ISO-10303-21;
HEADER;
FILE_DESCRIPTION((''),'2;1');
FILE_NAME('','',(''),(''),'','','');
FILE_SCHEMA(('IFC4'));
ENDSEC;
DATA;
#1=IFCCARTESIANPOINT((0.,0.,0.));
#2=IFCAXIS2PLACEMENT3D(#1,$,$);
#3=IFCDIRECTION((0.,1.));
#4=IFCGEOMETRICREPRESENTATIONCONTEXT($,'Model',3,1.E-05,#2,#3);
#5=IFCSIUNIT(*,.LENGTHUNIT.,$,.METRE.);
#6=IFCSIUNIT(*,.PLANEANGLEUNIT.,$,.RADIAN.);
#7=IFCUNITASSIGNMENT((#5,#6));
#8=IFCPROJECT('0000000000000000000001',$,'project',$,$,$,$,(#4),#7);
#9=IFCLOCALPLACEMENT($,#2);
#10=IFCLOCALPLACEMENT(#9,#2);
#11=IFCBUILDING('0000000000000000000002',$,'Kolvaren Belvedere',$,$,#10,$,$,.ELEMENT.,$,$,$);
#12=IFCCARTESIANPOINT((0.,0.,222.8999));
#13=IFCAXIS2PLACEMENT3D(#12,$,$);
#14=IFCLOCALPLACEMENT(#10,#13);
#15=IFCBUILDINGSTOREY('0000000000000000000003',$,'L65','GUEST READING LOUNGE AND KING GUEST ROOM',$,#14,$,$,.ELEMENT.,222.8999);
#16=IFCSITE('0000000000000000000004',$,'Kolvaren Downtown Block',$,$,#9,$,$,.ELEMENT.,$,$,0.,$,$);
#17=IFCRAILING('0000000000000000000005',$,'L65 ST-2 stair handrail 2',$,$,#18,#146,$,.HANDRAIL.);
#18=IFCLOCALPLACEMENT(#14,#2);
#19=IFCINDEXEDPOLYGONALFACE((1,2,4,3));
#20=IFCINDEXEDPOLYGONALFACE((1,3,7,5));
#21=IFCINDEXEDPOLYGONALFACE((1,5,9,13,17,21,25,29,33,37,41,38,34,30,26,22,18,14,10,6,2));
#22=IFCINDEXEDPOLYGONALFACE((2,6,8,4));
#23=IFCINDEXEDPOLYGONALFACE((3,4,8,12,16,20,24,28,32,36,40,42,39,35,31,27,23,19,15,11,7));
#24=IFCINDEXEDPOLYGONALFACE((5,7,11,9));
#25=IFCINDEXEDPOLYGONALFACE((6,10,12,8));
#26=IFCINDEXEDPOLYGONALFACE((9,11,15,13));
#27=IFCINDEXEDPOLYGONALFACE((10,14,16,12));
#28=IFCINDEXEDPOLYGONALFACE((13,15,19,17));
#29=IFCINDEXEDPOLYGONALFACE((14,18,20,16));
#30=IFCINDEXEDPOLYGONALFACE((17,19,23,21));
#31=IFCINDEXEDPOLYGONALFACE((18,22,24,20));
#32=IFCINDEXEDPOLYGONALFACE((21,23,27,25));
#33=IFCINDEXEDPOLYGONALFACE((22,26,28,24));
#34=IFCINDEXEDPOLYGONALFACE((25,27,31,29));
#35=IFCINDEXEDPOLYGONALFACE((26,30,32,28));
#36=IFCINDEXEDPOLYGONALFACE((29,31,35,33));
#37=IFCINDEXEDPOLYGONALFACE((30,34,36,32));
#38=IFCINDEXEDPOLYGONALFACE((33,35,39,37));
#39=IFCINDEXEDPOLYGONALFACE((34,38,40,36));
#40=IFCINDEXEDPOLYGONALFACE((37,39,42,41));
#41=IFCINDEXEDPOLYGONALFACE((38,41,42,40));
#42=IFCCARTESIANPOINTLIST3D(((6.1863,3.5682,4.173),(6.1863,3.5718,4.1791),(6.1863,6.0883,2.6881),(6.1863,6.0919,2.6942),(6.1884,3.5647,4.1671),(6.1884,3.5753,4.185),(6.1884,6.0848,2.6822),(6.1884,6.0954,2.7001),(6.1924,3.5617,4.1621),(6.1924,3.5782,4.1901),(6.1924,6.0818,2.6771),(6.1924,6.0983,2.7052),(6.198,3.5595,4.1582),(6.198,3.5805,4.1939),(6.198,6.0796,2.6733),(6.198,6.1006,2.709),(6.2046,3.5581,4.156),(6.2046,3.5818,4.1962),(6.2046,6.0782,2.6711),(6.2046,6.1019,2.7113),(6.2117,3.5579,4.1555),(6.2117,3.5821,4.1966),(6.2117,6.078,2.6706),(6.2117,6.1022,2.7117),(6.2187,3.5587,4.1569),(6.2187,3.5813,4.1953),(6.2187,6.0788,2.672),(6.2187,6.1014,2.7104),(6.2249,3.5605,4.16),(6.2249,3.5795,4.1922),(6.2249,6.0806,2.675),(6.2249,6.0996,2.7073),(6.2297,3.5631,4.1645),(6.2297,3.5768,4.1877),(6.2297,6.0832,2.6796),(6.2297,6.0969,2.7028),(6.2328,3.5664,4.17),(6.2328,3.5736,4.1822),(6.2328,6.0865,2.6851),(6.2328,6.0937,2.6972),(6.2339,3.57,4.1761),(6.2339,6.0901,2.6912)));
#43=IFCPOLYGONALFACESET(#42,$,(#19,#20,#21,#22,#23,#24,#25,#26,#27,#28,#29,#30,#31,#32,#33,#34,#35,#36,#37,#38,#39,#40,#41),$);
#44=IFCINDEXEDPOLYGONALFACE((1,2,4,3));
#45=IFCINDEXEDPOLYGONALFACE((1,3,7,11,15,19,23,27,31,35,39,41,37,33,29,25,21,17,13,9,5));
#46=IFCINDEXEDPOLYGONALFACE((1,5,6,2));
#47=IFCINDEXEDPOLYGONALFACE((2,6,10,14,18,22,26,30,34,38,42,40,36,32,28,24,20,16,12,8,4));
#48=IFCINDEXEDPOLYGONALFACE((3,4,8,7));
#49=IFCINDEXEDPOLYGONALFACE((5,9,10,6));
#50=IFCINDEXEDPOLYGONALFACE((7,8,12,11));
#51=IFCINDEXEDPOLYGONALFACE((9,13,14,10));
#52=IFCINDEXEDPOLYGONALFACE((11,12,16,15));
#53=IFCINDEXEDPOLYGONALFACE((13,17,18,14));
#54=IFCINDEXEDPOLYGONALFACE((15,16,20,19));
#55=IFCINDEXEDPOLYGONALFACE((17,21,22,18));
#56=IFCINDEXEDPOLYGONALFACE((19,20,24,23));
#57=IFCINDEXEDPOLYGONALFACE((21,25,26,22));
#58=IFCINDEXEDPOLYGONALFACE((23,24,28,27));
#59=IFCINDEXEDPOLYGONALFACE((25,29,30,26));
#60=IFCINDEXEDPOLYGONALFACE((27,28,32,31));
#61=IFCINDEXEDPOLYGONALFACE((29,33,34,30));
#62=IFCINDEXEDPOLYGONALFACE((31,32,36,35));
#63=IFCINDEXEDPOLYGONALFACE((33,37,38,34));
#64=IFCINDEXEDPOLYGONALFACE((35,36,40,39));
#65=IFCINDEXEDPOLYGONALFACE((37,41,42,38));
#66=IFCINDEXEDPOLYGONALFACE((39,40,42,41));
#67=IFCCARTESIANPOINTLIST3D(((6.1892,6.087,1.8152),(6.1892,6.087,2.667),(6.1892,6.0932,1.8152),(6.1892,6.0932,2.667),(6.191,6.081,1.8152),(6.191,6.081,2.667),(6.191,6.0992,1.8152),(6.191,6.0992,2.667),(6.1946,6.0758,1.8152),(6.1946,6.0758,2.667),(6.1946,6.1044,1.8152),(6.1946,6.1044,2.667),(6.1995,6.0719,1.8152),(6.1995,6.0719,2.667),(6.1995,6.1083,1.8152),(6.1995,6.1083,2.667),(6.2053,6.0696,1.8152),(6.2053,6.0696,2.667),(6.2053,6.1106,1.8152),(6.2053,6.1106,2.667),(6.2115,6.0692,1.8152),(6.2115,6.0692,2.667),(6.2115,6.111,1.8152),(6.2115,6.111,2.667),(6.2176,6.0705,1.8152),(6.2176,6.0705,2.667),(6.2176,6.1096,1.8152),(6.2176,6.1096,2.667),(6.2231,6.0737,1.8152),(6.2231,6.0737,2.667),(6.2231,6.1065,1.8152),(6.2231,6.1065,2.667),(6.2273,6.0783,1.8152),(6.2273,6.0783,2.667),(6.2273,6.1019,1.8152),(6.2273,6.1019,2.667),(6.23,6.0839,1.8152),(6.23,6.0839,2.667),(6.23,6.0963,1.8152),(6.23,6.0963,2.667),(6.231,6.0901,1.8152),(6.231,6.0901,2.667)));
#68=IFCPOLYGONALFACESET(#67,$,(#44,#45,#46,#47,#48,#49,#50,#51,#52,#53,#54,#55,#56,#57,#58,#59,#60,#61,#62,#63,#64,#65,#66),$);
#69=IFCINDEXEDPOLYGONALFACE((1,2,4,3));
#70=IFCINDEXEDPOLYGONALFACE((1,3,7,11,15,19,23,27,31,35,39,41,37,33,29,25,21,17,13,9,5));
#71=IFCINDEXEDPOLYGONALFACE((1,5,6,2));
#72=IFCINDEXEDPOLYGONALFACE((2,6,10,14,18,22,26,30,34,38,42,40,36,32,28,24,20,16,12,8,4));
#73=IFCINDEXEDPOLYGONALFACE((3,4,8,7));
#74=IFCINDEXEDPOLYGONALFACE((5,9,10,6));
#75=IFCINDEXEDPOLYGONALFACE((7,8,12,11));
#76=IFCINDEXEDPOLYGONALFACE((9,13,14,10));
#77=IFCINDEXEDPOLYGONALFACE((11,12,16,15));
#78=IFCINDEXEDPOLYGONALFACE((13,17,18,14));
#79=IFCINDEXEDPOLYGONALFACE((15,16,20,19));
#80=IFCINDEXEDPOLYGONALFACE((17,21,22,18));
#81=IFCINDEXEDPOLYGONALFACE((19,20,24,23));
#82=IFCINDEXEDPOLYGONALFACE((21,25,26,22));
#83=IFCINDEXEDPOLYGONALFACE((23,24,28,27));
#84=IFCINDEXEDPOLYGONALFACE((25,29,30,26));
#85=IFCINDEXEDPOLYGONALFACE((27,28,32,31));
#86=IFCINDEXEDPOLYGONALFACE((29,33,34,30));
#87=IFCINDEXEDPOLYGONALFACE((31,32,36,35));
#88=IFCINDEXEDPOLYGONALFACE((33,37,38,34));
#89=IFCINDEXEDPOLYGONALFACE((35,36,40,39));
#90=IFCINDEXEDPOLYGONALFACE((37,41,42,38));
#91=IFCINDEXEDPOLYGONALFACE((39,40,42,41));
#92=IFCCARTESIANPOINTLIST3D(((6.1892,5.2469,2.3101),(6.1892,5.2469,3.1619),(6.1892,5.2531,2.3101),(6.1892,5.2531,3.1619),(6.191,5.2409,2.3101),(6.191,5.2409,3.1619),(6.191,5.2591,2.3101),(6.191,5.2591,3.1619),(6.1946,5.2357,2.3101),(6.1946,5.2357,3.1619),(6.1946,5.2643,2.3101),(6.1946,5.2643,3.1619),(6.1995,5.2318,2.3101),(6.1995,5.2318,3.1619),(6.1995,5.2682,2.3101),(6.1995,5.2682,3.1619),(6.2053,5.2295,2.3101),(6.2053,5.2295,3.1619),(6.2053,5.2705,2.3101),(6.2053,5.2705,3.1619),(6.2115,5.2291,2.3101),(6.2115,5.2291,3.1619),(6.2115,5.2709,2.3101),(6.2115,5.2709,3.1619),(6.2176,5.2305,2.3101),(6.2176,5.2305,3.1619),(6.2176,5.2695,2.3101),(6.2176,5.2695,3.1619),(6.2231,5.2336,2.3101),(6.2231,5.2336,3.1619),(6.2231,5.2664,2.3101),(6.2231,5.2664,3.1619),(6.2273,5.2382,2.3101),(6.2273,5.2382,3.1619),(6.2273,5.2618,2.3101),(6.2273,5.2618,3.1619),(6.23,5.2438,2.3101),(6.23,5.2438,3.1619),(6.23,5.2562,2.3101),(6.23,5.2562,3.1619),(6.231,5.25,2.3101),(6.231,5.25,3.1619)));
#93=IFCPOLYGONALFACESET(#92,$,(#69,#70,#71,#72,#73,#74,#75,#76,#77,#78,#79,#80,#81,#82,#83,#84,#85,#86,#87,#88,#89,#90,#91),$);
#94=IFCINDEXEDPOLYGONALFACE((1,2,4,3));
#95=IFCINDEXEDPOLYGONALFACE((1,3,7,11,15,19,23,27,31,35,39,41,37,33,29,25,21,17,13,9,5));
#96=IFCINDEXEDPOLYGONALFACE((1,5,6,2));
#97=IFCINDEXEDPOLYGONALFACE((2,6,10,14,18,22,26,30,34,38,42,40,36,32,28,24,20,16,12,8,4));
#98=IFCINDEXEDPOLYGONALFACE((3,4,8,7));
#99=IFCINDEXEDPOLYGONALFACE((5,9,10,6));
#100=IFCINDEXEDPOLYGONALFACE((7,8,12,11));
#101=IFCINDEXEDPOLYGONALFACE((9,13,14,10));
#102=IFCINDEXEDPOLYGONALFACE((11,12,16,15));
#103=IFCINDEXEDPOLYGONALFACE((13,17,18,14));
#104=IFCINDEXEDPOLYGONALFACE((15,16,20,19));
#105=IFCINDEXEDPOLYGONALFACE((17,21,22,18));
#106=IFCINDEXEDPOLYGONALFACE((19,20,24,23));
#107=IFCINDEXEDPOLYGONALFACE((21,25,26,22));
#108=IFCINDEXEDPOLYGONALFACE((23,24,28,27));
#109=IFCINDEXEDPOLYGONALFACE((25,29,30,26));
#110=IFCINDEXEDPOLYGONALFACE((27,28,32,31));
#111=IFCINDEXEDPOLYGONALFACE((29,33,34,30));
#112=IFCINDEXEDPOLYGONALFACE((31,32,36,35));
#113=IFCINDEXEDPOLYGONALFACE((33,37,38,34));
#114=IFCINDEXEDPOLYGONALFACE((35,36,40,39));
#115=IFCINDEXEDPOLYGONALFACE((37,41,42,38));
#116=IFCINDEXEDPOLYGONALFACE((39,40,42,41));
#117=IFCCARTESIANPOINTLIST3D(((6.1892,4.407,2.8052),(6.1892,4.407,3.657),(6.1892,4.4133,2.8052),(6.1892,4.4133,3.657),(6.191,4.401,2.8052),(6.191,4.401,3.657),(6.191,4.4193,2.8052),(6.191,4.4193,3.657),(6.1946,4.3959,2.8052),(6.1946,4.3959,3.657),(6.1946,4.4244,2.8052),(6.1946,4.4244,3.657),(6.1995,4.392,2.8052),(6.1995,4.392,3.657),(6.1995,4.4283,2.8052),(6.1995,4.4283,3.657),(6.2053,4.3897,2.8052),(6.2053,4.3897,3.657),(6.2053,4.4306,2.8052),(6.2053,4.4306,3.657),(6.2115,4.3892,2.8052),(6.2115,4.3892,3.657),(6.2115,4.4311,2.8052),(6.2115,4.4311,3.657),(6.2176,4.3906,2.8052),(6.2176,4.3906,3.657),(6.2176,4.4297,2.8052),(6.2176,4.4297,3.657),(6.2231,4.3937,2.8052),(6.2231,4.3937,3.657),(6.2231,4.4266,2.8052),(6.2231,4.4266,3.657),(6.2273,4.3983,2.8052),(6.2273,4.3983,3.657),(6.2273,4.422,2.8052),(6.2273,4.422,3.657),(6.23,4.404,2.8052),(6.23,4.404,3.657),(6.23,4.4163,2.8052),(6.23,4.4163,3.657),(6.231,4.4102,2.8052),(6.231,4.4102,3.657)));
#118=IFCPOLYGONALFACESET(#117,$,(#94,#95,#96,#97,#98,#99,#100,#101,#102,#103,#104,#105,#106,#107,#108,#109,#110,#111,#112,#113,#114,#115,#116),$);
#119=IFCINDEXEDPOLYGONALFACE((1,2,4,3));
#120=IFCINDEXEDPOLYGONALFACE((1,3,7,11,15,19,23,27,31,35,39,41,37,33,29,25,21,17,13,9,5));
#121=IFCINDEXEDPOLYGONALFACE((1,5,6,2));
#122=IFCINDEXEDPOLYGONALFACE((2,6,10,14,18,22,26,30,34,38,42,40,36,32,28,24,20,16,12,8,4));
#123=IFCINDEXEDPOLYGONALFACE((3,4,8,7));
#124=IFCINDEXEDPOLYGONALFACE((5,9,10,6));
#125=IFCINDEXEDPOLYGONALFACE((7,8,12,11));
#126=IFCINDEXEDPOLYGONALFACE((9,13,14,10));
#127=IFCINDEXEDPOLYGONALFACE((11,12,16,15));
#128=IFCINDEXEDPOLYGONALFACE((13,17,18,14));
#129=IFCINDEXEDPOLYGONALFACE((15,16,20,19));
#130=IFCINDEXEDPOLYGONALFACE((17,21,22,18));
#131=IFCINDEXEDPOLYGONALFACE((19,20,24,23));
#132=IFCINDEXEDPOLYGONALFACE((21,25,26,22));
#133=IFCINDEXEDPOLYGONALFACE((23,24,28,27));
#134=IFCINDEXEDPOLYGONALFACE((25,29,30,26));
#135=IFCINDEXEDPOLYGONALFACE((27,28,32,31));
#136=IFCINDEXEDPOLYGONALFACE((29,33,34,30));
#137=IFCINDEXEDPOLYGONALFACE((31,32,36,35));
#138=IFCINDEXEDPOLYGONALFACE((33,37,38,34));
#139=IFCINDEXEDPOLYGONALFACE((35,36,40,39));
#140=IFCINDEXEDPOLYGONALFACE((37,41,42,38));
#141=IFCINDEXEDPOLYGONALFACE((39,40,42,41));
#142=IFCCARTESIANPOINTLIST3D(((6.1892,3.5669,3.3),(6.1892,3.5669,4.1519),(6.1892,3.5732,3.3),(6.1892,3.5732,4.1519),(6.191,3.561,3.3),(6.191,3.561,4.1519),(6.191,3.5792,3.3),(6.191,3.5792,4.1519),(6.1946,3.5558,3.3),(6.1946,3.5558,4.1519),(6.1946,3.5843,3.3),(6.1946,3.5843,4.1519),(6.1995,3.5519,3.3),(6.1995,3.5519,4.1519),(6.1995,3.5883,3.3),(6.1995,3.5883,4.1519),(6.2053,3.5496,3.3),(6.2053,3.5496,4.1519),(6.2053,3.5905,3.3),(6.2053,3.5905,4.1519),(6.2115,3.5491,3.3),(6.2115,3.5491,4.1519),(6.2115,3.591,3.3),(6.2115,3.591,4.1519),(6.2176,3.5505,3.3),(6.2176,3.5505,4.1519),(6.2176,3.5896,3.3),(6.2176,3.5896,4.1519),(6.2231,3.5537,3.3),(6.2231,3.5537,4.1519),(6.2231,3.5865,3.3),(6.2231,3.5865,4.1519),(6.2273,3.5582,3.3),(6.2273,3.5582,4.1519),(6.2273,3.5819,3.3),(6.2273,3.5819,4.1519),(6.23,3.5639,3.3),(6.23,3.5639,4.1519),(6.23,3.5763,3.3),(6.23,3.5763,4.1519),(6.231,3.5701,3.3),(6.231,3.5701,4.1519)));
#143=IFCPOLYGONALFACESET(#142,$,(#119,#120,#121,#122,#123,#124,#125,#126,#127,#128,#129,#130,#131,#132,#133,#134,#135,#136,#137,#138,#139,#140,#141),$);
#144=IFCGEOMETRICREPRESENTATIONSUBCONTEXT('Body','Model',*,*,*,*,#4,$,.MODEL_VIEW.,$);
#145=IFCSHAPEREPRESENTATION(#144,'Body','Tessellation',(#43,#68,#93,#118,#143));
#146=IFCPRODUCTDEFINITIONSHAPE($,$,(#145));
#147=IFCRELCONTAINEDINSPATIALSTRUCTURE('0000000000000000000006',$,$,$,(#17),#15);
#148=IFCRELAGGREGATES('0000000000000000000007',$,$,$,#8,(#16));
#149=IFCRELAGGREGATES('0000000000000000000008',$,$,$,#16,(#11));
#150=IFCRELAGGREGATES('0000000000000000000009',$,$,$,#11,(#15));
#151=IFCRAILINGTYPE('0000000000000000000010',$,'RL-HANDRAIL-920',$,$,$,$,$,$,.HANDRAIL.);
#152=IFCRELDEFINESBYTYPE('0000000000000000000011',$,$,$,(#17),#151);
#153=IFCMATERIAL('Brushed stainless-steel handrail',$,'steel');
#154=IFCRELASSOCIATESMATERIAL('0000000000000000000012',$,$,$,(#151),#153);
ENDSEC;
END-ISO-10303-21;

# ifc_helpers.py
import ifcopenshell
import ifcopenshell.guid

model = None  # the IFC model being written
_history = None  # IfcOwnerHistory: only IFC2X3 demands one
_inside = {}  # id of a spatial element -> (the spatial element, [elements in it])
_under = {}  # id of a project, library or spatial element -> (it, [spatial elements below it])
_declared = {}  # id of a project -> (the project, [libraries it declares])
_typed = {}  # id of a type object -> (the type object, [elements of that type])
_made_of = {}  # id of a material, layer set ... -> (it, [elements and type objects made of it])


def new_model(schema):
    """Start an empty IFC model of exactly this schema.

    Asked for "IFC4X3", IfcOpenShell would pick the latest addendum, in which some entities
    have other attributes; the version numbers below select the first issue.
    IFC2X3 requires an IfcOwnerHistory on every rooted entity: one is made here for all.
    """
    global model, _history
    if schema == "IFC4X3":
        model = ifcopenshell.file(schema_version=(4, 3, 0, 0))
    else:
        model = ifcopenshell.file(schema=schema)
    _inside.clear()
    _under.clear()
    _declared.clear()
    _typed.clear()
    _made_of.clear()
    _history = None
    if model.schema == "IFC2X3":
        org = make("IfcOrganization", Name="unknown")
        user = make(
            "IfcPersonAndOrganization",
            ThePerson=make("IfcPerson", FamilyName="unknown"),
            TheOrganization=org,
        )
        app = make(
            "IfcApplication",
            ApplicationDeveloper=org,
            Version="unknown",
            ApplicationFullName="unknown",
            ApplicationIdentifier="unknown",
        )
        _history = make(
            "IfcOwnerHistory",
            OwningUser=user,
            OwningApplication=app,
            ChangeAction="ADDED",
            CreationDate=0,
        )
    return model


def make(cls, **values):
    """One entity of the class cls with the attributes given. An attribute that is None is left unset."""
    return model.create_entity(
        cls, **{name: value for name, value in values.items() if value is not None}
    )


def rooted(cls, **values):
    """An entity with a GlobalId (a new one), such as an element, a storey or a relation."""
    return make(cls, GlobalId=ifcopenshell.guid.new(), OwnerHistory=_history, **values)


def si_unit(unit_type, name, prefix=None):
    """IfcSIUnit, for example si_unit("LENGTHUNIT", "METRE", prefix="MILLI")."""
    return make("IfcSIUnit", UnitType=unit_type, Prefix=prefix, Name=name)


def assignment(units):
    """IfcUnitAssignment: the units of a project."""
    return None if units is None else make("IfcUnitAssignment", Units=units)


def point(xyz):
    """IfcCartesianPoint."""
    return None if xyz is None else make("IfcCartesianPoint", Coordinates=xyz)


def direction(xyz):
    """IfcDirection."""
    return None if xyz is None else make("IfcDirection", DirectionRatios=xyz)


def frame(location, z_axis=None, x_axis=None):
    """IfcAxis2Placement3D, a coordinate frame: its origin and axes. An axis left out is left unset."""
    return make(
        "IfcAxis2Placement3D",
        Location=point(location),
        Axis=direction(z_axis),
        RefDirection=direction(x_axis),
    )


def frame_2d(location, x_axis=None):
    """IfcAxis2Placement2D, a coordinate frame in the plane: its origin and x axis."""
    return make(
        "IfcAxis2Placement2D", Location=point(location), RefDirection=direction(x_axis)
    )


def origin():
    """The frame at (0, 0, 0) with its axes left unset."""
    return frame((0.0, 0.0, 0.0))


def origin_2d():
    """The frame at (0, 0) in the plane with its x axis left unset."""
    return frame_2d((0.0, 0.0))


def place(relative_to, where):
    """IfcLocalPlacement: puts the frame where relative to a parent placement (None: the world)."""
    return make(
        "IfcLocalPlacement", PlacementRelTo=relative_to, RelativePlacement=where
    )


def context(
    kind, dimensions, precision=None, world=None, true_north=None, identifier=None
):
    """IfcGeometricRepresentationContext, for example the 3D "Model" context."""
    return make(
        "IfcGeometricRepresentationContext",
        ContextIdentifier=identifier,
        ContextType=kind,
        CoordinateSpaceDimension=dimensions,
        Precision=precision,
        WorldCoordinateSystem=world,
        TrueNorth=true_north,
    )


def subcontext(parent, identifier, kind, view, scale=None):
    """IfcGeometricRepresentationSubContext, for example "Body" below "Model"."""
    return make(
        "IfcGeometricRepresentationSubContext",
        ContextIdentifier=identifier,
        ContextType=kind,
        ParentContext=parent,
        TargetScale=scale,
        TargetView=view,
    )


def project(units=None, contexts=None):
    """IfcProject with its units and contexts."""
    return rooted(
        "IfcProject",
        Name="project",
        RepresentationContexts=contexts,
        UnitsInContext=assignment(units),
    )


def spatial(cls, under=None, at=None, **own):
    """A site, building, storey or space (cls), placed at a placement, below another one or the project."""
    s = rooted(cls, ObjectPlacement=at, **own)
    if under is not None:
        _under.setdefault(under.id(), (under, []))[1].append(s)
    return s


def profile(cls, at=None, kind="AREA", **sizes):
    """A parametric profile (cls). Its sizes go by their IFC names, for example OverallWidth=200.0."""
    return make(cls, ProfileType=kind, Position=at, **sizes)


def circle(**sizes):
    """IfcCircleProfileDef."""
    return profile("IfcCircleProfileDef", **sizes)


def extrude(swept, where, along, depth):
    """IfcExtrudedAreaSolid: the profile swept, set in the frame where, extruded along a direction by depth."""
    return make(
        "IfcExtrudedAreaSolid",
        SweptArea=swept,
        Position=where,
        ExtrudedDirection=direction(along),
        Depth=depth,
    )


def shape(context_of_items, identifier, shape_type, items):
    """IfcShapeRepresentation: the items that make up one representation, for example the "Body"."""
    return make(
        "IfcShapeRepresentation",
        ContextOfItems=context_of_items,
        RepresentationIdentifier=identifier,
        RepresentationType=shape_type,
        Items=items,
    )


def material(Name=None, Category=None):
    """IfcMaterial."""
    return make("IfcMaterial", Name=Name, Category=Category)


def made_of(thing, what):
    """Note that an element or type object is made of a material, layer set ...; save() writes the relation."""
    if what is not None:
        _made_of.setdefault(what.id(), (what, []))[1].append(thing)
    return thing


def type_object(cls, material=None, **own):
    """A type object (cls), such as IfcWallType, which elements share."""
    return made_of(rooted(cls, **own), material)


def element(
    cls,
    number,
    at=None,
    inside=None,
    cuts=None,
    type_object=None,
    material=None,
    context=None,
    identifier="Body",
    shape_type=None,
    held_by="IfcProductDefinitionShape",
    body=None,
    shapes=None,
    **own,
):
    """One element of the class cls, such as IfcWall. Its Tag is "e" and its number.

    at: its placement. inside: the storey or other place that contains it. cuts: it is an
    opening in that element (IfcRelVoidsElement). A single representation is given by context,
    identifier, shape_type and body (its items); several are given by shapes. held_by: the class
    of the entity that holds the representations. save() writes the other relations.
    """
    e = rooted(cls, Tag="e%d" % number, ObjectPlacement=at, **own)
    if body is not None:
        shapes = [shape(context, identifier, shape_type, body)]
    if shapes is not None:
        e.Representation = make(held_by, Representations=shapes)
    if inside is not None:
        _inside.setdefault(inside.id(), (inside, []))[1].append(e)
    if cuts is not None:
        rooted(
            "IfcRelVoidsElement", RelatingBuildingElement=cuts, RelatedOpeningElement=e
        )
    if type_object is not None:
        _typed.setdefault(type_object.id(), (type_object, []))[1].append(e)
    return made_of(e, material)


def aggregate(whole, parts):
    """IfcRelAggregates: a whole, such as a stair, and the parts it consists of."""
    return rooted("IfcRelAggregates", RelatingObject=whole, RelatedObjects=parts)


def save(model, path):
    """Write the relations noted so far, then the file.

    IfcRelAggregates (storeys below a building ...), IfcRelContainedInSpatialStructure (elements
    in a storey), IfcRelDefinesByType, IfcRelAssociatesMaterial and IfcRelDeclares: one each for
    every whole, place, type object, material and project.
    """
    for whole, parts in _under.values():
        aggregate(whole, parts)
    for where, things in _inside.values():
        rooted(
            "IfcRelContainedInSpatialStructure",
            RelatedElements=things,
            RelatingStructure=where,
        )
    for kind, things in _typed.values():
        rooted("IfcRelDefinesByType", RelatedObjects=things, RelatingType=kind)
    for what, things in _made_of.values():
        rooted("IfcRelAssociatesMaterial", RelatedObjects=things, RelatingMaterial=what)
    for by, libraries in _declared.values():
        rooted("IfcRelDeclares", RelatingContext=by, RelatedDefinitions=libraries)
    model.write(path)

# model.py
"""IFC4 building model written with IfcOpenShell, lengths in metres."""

from ifc_helpers import new_model, si_unit, direction, frame, origin, origin_2d, place, context, subcontext, project, spatial, circle, extrude, material, type_object, element, save


model = new_model("IFC4")

# Units and contexts
model_context = context("Model", 3, precision=1e-05, world=origin(), true_north=direction((0.0, 1.0)))
body_context = subcontext(model_context, "Body", "Model", "MODEL_VIEW")
ifc_project = project(units=[si_unit("LENGTHUNIT", "METRE"), si_unit("PLANEANGLEUNIT", "RADIAN")], contexts=[model_context])

# Site, building, storey
site_placement = place(None, origin())
site = spatial("IfcSite", under=ifc_project, at=site_placement, Name="Kolvaren Downtown Block", CompositionType="ELEMENT", RefElevation=0.0)
building_placement = place(site_placement, origin())
building = spatial("IfcBuilding", under=site, at=building_placement, Name="Kolvaren Belvedere", CompositionType="ELEMENT")
storey_placement = place(building_placement, frame((0.0, 0.0, 222.8999)))
storey = spatial("IfcBuildingStorey", under=building, at=storey_placement, Name="L65", Description="GUEST READING LOUNGE AND KING GUEST ROOM", CompositionType="ELEMENT", Elevation=222.8999)

# Railing
ifc_material_1 = material(Name="Brushed stainless-steel handrail", Category="steel")
railing_type_1 = type_object("IfcRailingType", Name="RL-HANDRAIL-920", PredefinedType="HANDRAIL", material=ifc_material_1)
railing_1_placement = place(storey_placement, frame((6.21, 6.0901, 1.8152)))
element("IfcRailing", 1, at=railing_1_placement, inside=storey, type_object=railing_type_1, Name="L65 ST-2 stair handrail 2", PredefinedType="HANDRAIL", context=body_context, shape_type="SweptSolid", body=[
    extrude(circle(Radius=0.0239, at=origin_2d()), frame((0.0, 0.0, 0.876), z_axis=(0.0, -0.861561, 0.507655), x_axis=(1.0, 0.0, 0.0)), (0.0, 0.0, 1.0), 2.925),
    extrude(circle(Radius=0.021, at=origin_2d()), origin(), (0.0, 0.0, 1.0), 0.8518),
    extrude(circle(Radius=0.021, at=origin_2d()), frame((0.0, -0.8401, 0.4949)), (0.0, 0.0, 1.0), 0.8518),
    extrude(circle(Radius=0.021, at=origin_2d()), frame((0.0, -1.6799, 0.99)), (0.0, 0.0, 1.0), 0.8518),
    extrude(circle(Radius=0.021, at=origin_2d()), frame((0.0, -2.52, 1.4849)), (0.0, 0.0, 1.0), 0.8518),
])

save(model, "model.ifc")
